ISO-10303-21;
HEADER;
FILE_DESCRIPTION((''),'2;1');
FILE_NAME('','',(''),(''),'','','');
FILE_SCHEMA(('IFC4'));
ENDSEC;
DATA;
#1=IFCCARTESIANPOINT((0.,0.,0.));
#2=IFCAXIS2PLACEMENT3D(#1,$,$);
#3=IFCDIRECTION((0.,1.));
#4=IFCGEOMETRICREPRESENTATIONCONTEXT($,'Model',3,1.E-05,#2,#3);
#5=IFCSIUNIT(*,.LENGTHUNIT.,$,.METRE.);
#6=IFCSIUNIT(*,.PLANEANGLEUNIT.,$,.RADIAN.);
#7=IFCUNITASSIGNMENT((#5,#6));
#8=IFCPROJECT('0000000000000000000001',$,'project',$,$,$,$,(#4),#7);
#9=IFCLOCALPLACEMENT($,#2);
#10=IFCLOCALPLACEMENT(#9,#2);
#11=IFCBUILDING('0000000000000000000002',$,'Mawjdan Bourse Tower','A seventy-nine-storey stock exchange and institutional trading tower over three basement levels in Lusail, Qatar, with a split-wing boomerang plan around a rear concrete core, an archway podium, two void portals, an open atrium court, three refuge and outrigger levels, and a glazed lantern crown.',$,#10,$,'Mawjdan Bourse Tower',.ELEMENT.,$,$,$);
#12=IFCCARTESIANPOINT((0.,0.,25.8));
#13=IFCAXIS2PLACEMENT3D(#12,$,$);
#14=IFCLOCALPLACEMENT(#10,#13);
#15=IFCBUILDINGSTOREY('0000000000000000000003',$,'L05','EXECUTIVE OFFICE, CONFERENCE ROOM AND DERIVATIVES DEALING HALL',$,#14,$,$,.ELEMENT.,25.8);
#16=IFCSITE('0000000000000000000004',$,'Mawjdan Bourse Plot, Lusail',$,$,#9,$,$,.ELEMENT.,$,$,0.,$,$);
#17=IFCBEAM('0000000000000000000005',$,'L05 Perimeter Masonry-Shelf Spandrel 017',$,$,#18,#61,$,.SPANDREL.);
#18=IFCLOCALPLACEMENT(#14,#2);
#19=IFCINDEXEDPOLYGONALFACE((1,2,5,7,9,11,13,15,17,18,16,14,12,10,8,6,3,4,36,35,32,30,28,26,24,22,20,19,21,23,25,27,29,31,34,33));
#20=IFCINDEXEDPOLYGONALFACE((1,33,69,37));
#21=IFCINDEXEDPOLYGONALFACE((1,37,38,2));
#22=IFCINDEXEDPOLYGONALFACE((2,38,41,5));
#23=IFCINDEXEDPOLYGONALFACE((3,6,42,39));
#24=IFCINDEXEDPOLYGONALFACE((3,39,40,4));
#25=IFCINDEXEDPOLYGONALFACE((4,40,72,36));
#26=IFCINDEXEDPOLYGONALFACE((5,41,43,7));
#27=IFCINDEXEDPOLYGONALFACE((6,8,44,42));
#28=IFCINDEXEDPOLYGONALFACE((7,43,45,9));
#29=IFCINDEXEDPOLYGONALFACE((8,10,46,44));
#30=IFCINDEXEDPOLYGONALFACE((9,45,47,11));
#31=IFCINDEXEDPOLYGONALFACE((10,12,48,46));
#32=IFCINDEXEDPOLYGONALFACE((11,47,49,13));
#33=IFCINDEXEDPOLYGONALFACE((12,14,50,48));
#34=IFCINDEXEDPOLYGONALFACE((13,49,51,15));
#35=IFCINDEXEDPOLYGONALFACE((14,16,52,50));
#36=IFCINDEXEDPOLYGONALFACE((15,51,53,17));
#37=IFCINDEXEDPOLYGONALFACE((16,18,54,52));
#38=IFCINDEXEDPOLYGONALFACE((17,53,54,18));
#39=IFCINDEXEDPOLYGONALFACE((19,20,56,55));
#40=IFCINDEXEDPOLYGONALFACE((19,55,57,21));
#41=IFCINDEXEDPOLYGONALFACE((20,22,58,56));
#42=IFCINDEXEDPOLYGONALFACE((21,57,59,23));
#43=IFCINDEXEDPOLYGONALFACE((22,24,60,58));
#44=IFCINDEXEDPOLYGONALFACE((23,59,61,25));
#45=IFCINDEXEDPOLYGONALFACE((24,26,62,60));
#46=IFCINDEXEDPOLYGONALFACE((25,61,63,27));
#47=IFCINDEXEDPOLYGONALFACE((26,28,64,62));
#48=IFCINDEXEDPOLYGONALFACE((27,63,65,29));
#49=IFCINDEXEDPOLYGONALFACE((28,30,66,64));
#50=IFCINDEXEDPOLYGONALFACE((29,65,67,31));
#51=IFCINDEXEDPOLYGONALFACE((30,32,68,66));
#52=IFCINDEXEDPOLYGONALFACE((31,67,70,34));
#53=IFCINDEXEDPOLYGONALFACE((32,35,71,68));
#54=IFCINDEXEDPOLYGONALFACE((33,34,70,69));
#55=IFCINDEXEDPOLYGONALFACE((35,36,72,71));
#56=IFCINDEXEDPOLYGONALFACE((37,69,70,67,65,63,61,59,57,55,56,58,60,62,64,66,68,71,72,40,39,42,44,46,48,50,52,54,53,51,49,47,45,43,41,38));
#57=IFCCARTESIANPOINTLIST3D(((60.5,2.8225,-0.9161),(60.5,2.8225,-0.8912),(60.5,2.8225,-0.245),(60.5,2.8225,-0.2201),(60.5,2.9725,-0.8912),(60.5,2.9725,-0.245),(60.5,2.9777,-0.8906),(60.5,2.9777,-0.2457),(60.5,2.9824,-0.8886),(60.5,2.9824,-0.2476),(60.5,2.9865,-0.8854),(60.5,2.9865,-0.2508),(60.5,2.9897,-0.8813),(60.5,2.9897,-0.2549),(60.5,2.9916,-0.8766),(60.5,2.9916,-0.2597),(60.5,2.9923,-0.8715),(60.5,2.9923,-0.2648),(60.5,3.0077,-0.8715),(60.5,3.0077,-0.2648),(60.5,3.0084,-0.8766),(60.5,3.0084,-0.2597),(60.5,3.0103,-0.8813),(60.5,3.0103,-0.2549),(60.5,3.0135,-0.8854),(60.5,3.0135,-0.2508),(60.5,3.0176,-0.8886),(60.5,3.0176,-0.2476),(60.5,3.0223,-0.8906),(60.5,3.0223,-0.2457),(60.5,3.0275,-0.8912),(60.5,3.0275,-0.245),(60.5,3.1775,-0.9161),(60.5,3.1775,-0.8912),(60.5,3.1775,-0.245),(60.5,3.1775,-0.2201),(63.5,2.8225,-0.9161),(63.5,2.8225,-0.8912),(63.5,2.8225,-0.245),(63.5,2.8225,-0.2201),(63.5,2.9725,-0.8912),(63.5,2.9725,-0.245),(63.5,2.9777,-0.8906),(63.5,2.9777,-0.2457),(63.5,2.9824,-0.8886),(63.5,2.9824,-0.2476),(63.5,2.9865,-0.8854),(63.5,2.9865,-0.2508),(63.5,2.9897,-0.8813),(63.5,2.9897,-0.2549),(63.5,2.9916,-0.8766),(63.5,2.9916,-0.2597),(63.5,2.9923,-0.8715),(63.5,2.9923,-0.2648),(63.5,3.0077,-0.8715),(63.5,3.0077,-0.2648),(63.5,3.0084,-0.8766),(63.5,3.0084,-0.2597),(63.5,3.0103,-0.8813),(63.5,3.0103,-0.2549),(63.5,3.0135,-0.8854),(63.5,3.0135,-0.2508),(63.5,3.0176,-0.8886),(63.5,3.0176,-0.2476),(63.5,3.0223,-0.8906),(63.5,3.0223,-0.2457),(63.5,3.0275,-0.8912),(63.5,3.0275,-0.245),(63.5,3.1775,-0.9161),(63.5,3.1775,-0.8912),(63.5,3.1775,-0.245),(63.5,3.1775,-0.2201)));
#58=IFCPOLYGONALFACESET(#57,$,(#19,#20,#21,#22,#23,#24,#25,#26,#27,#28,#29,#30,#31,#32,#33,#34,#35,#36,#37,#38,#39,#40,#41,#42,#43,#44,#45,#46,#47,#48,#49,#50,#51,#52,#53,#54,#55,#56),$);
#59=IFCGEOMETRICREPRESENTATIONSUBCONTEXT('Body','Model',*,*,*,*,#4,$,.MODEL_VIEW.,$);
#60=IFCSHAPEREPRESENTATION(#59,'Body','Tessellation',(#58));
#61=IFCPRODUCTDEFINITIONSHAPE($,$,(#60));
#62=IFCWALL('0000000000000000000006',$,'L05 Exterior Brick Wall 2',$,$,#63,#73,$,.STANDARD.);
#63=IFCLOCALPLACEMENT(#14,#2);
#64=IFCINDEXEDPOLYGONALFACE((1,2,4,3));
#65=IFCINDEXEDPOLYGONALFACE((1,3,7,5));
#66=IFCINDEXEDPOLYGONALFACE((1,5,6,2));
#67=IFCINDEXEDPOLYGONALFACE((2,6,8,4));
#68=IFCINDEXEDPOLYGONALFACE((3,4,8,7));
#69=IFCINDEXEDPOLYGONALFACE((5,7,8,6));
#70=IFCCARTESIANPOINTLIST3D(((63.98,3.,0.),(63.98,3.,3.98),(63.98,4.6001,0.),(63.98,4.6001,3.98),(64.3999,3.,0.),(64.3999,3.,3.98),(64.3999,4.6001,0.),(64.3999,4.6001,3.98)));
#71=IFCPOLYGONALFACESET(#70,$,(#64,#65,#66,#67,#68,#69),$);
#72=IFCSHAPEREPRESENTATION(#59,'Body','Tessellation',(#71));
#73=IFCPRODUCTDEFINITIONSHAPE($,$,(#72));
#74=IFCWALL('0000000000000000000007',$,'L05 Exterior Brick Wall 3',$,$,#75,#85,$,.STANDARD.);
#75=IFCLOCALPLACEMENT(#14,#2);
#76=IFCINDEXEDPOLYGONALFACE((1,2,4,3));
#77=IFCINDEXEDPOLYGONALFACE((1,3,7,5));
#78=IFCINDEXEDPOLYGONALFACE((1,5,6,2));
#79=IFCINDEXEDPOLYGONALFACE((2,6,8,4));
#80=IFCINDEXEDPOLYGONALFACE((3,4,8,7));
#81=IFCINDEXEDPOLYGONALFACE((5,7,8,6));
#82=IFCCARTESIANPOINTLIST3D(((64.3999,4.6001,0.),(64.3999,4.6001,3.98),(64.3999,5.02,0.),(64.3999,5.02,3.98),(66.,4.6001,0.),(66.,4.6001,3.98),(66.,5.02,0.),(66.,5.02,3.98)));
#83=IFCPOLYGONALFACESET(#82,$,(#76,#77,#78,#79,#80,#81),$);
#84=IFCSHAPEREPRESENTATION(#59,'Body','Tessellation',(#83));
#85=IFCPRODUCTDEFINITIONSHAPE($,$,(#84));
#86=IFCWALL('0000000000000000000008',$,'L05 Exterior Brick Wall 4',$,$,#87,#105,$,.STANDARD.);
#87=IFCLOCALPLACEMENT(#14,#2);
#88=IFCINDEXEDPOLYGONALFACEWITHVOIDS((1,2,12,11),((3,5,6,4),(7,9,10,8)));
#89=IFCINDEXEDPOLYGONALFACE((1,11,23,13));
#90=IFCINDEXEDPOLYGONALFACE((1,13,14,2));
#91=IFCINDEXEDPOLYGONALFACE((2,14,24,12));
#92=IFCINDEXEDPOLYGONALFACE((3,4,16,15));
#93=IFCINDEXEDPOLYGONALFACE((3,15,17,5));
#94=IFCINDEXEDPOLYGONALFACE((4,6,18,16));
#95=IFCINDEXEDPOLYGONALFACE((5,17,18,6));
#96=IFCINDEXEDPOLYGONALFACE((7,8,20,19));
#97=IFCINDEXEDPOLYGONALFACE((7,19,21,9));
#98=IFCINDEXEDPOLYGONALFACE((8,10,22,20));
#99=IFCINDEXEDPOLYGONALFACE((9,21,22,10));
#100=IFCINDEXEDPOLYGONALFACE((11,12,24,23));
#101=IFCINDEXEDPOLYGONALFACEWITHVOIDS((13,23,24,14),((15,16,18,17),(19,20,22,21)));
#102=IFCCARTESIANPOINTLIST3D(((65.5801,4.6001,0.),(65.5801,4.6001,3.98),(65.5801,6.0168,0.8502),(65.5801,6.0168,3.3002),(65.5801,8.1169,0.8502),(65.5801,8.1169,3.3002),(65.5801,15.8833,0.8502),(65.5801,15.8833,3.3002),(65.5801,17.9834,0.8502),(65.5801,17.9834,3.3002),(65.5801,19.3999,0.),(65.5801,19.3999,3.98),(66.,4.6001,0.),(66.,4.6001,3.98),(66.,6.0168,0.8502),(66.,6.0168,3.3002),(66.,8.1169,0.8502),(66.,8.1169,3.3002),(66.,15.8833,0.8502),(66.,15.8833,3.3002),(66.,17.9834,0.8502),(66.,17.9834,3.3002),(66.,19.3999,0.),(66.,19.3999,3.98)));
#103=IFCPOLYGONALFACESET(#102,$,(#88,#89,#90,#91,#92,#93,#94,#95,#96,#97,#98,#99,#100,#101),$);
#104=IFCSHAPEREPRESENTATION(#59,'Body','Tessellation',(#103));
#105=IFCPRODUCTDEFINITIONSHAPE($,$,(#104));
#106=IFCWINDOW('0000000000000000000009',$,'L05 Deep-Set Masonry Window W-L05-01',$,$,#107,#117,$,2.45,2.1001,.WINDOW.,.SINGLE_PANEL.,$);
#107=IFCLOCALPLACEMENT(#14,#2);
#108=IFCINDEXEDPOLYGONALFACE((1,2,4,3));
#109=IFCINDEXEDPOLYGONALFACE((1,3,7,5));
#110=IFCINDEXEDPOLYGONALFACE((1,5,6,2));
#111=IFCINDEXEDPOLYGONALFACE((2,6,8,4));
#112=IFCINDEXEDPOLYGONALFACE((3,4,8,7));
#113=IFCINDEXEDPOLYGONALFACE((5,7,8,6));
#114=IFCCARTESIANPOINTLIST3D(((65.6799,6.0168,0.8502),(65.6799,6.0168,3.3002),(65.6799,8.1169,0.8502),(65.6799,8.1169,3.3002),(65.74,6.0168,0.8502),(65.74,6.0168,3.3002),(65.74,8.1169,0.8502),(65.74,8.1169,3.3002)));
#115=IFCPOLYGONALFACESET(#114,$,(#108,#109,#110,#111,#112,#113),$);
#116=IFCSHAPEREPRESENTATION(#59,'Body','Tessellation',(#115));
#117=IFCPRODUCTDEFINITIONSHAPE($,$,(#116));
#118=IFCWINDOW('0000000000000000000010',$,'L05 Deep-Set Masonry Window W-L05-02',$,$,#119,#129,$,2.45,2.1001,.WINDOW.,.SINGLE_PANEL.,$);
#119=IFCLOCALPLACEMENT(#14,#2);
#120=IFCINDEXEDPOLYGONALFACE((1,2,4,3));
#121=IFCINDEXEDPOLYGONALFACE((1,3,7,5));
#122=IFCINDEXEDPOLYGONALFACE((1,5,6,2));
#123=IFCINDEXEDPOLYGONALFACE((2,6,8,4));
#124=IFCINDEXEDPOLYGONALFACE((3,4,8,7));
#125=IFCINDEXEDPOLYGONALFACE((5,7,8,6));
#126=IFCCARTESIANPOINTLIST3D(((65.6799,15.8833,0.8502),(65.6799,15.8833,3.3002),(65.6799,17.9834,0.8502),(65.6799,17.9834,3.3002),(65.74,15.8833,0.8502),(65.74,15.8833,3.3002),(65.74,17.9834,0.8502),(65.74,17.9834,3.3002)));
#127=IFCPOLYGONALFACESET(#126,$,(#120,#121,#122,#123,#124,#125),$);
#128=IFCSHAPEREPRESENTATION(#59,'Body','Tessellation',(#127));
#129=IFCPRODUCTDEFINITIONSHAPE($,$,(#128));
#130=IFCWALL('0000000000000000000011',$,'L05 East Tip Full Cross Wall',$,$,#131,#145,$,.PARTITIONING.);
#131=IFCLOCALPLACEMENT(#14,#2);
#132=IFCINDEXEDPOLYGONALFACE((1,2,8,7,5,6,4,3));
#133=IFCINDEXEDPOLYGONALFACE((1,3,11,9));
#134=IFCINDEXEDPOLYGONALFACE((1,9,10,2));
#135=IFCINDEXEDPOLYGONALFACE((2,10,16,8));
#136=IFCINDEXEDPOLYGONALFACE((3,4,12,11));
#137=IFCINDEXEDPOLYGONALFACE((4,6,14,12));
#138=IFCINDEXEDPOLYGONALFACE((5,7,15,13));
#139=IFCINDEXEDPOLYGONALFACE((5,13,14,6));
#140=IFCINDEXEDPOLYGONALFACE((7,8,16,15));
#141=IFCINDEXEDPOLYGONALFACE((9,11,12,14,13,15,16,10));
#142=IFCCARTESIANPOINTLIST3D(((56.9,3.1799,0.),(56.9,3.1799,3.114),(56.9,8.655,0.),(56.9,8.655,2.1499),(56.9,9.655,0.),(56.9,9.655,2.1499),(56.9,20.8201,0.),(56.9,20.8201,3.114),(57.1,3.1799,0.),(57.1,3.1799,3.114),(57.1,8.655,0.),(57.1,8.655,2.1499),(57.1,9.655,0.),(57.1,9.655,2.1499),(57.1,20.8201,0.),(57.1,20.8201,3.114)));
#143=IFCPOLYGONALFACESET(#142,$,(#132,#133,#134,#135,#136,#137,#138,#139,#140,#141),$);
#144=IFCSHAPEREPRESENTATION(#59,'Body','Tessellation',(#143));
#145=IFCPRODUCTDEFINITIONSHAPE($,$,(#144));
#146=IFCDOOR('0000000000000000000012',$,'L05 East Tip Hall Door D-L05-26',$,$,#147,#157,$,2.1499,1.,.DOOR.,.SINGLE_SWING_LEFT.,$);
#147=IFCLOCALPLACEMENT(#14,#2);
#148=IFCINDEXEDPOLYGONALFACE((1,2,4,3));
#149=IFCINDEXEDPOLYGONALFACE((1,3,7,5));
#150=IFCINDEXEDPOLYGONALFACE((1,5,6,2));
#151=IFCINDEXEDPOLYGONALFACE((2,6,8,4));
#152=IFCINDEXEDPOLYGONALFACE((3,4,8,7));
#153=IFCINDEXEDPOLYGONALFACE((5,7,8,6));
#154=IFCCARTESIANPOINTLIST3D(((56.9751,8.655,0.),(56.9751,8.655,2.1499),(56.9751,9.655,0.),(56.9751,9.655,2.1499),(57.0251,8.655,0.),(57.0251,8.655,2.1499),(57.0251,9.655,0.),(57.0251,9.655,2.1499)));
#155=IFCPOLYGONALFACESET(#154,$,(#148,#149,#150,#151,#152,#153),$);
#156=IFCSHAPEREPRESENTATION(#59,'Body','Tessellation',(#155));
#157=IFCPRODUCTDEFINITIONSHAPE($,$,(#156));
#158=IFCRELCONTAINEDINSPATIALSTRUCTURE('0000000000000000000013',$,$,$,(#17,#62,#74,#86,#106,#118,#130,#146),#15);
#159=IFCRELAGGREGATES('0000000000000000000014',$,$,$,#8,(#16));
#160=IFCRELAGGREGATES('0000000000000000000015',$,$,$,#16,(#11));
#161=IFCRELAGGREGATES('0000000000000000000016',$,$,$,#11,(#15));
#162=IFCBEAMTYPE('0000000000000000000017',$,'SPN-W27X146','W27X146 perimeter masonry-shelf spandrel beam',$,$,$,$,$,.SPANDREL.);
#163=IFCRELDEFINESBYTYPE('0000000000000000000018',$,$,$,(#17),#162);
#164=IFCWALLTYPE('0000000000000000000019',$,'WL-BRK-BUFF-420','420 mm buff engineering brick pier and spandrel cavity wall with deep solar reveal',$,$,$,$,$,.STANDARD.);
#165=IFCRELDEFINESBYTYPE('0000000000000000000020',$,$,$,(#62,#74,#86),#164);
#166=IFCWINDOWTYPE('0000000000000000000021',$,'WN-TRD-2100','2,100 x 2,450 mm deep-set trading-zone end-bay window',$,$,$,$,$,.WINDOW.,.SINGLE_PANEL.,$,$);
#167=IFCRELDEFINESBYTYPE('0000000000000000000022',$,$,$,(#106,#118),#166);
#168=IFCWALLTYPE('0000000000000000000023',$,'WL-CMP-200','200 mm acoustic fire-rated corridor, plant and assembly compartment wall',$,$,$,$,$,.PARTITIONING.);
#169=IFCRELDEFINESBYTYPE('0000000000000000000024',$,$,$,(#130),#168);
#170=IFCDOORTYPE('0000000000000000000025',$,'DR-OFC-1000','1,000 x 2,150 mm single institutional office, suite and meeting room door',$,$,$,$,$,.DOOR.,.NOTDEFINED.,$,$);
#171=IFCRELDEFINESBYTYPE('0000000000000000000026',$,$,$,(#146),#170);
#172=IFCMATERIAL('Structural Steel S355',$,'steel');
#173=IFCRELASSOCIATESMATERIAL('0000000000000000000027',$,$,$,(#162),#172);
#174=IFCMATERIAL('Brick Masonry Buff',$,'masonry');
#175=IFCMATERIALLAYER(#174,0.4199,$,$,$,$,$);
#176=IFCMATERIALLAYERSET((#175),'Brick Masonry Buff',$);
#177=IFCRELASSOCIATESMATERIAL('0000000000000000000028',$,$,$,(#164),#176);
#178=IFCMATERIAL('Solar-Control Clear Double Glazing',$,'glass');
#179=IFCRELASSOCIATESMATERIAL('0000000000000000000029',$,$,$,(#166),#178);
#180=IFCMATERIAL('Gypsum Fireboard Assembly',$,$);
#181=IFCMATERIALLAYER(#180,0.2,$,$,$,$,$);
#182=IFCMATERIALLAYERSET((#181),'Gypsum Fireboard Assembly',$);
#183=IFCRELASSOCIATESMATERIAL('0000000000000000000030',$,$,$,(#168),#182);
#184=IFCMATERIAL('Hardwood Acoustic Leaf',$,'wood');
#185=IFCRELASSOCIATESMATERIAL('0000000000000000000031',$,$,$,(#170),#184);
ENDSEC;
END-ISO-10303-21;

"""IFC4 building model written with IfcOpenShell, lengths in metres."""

from ifc_helpers import new_model, si_unit, direction, frame, frame_2d, origin, origin_2d, place, context, subcontext, project, spatial, rectangle, i_section, extrude, material, layer, layer_set, material_profile, profile_set, type_object, element, fill, save


model = new_model("IFC4")

# Units and contexts
model_context = context("Model", 3, precision=1e-05, world=origin(), true_north=direction((0.0, 1.0)))
body_context = subcontext(model_context, "Body", "Model", "MODEL_VIEW")
ifc_project = project(units=[si_unit("LENGTHUNIT", "METRE"), si_unit("PLANEANGLEUNIT", "RADIAN")], contexts=[model_context])

# Site, building, storey
site_placement = place(None, origin())
site = spatial("IfcSite", under=ifc_project, at=site_placement, Name="Mawjdan Bourse Plot, Lusail", CompositionType="ELEMENT", RefElevation=0.0)
building_placement = place(site_placement, origin())
building = spatial("IfcBuilding", under=site, at=building_placement, Name="Mawjdan Bourse Tower", Description="A seventy-nine-storey stock exchange and institutional trading tower over three basement levels in Lusail, Qatar, with a split-wing boomerang plan around a rear concrete core, an archway podium, two void portals, an open atrium court, three refuge and outrigger levels, and a glazed lantern crown.", LongName="Mawjdan Bourse Tower", CompositionType="ELEMENT")
storey_placement = place(building_placement, frame((0.0, 0.0, 25.8)))
storey = spatial("IfcBuildingStorey", under=building, at=storey_placement, Name="L05", Description="EXECUTIVE OFFICE, CONFERENCE ROOM AND DERIVATIVES DEALING HALL", CompositionType="ELEMENT", Elevation=25.8)

# Beam
ifc_material_1 = material(Name="Structural Steel S355", Category="steel")
ifc_material_profile_1 = material_profile(ifc_material_1, i_section(OverallWidth=0.355, OverallDepth=0.696, WebThickness=0.0154, FlangeThickness=0.0249, FilletRadius=0.0198, at=origin_2d()), Name="W27X146")
ifc_profile_set_1 = profile_set([ifc_material_profile_1], Name="Structural Steel S355")
beam_type_1 = type_object("IfcBeamType", Name="SPN-W27X146", Description="W27X146 perimeter masonry-shelf spandrel beam", PredefinedType="SPANDREL", material=ifc_profile_set_1)
beam_1_placement = place(storey_placement, frame((60.5, 3.0, -0.5681), z_axis=(1.0, 0.0, 0.0), x_axis=(0.0, 1.0, 0.0)))
element("IfcBeam", 1, at=beam_1_placement, inside=storey, type_object=beam_type_1, Name="L05 Perimeter Masonry-Shelf Spandrel 017", PredefinedType="SPANDREL", context=body_context, shape_type="SweptSolid", body=[
    extrude(i_section(OverallWidth=0.355, OverallDepth=0.696, WebThickness=0.0154, FlangeThickness=0.0249, FilletRadius=0.0198, at=origin_2d()), origin(), (0.0, 0.0, 1.0), 3.0),
])

# Walls
ifc_material_2 = material(Name="Brick Masonry Buff", Category="masonry")
ifc_layer_1 = layer(ifc_material_2, 0.4199)
ifc_layer_set_1 = layer_set([ifc_layer_1], Name="Brick Masonry Buff")
wall_type_1 = type_object("IfcWallType", Name="WL-BRK-BUFF-420", Description="420 mm buff engineering brick pier and spandrel cavity wall with deep solar reveal", PredefinedType="STANDARD", material=ifc_layer_set_1)
for number, where, z_axis, x_axis, name in (
    (2, (64.1899, 3.0, 0.0), (0.0, 0.0, 1.0), (0.0, 1.0, 0.0), "L05 Exterior Brick Wall 2"),
    (3, (64.3999, 4.8101, 0.0), (0.0, 0.0, 1.0), (1.0, 0.0, 0.0), "L05 Exterior Brick Wall 3"),
):
    element("IfcWall", number, at=place(storey_placement, frame(where, z_axis=z_axis, x_axis=x_axis)), inside=storey, type_object=wall_type_1, Name=name, PredefinedType="STANDARD", context=body_context, shape_type="SweptSolid", body=[
        extrude(rectangle(XDim=1.6001, YDim=0.4199, at=frame_2d((0.8, 0.0))), origin(), (0.0, 0.0, 1.0), 3.98),
    ])

# Wall, openings, windows
wall_1_placement = place(storey_placement, frame((65.79, 4.6001, 0.0), z_axis=(0.0, 0.0, 1.0), x_axis=(0.0, 1.0, 0.0)))
wall_1 = element("IfcWall", 4, at=wall_1_placement, inside=storey, type_object=wall_type_1, Name="L05 Exterior Brick Wall 4", PredefinedType="STANDARD", context=body_context, shape_type="SweptSolid", body=[
    extrude(rectangle(XDim=14.7998, YDim=0.4199, at=frame_2d((7.3999, 0.0))), origin(), (0.0, 0.0, 1.0), 3.98),
])
opening_1_placement = place(wall_1_placement, frame((1.4167, 0.0, 0.8501)))
opening_1 = element("IfcOpeningElement", 5, at=opening_1_placement, cuts=wall_1, PredefinedType="OPENING", context=body_context, shape_type="SweptSolid", body=[
    extrude(rectangle(XDim=2.1001, YDim=2.45, at=frame_2d((1.05, 1.2251))), frame((0.0, 0.22, 0.0), z_axis=(0.0, -1.0, 0.0), x_axis=(1.0, 0.0, 0.0)), (0.0, 0.0, 1.0), 0.4399),
])
opening_2_placement = place(wall_1_placement, frame((11.2832, 0.0, 0.8501)))
opening_2 = element("IfcOpeningElement", 6, at=opening_2_placement, cuts=wall_1, PredefinedType="OPENING", context=body_context, shape_type="SweptSolid", body=[
    extrude(rectangle(XDim=2.1001, YDim=2.45, at=frame_2d((1.05, 1.2251))), frame((0.0, 0.22, 0.0), z_axis=(0.0, -1.0, 0.0), x_axis=(1.0, 0.0, 0.0)), (0.0, 0.0, 1.0), 0.4399),
])
ifc_material_3 = material(Name="Solar-Control Clear Double Glazing", Category="glass")
window_type = type_object("IfcWindowType", Name="WN-TRD-2100", Description="2,100 x 2,450 mm deep-set trading-zone end-bay window", PartitioningType="SINGLE_PANEL", PredefinedType="WINDOW", material=ifc_material_3)
window_1_placement = place(opening_1_placement, origin())
window_1 = element("IfcWindow", 7, at=window_1_placement, inside=storey, type_object=window_type, Name="L05 Deep-Set Masonry Window W-L05-01", OverallHeight=2.45, OverallWidth=2.1001, PartitioningType="SINGLE_PANEL", PredefinedType="WINDOW", context=body_context, shape_type="SweptSolid", body=[
    extrude(rectangle(XDim=2.1001, YDim=2.45, at=frame_2d((1.05, 1.2251))), frame((0.0, 0.1101, 0.0), z_axis=(0.0, -1.0, 0.0), x_axis=(1.0, 0.0, 0.0)), (0.0, 0.0, 1.0), 0.0601),
])
fill(opening_1, window_1)
window_2_placement = place(opening_2_placement, origin())
window_2 = element("IfcWindow", 8, at=window_2_placement, inside=storey, type_object=window_type, Name="L05 Deep-Set Masonry Window W-L05-02", OverallHeight=2.45, OverallWidth=2.1001, PartitioningType="SINGLE_PANEL", PredefinedType="WINDOW", context=body_context, shape_type="SweptSolid", body=[
    extrude(rectangle(XDim=2.1001, YDim=2.45, at=frame_2d((1.05, 1.2251))), frame((0.0, 0.1101, 0.0), z_axis=(0.0, -1.0, 0.0), x_axis=(1.0, 0.0, 0.0)), (0.0, 0.0, 1.0), 0.0601),
])
fill(opening_2, window_2)

# Wall, opening, door
ifc_material_4 = material(Name="Gypsum Fireboard Assembly")
ifc_layer_2 = layer(ifc_material_4, 0.2)
ifc_layer_set_2 = layer_set([ifc_layer_2], Name="Gypsum Fireboard Assembly")
wall_type_2 = type_object("IfcWallType", Name="WL-CMP-200", Description="200 mm acoustic fire-rated corridor, plant and assembly compartment wall", PredefinedType="PARTITIONING", material=ifc_layer_set_2)
wall_2_placement = place(storey_placement, frame((57.0, 3.1799, 0.0), z_axis=(0.0, 0.0, 1.0), x_axis=(0.0, 1.0, 0.0)))
wall_2 = element("IfcWall", 9, at=wall_2_placement, inside=storey, type_object=wall_type_2, Name="L05 East Tip Full Cross Wall", PredefinedType="PARTITIONING", context=body_context, shape_type="SweptSolid", body=[
    extrude(rectangle(XDim=17.6401, YDim=0.2, at=frame_2d((8.8201, 0.0))), origin(), (0.0, 0.0, 1.0), 3.114),
])
opening_3_placement = place(wall_2_placement, frame((5.4751, 0.0, 0.0)))
opening_3 = element("IfcOpeningElement", 10, at=opening_3_placement, cuts=wall_2, PredefinedType="OPENING", context=body_context, shape_type="SweptSolid", body=[
    extrude(rectangle(XDim=1.0, YDim=2.1499, at=frame_2d((0.5, 1.075))), frame((0.0, 0.1099, 0.0), z_axis=(0.0, -1.0, 0.0), x_axis=(1.0, 0.0, 0.0)), (0.0, 0.0, 1.0), 0.22),
])
ifc_material_5 = material(Name="Hardwood Acoustic Leaf", Category="wood")
door_type = type_object("IfcDoorType", Name="DR-OFC-1000", Description="1,000 x 2,150 mm single institutional office, suite and meeting room door", OperationType="NOTDEFINED", PredefinedType="DOOR", material=ifc_material_5)
door_placement = place(opening_3_placement, origin())
door = element("IfcDoor", 11, at=door_placement, inside=storey, type_object=door_type, Name="L05 East Tip Hall Door D-L05-26", OperationType="SINGLE_SWING_LEFT", OverallHeight=2.1499, OverallWidth=1.0, PredefinedType="DOOR", context=body_context, shape_type="SweptSolid", body=[
    extrude(rectangle(XDim=1.0, YDim=2.1499, at=frame_2d((0.5, 1.075))), frame((0.0, 0.0249, 0.0), z_axis=(0.0, -1.0, 0.0), x_axis=(1.0, 0.0, 0.0)), (0.0, 0.0, 1.0), 0.05),
])
fill(opening_3, door)

save(model, "model.ifc")
